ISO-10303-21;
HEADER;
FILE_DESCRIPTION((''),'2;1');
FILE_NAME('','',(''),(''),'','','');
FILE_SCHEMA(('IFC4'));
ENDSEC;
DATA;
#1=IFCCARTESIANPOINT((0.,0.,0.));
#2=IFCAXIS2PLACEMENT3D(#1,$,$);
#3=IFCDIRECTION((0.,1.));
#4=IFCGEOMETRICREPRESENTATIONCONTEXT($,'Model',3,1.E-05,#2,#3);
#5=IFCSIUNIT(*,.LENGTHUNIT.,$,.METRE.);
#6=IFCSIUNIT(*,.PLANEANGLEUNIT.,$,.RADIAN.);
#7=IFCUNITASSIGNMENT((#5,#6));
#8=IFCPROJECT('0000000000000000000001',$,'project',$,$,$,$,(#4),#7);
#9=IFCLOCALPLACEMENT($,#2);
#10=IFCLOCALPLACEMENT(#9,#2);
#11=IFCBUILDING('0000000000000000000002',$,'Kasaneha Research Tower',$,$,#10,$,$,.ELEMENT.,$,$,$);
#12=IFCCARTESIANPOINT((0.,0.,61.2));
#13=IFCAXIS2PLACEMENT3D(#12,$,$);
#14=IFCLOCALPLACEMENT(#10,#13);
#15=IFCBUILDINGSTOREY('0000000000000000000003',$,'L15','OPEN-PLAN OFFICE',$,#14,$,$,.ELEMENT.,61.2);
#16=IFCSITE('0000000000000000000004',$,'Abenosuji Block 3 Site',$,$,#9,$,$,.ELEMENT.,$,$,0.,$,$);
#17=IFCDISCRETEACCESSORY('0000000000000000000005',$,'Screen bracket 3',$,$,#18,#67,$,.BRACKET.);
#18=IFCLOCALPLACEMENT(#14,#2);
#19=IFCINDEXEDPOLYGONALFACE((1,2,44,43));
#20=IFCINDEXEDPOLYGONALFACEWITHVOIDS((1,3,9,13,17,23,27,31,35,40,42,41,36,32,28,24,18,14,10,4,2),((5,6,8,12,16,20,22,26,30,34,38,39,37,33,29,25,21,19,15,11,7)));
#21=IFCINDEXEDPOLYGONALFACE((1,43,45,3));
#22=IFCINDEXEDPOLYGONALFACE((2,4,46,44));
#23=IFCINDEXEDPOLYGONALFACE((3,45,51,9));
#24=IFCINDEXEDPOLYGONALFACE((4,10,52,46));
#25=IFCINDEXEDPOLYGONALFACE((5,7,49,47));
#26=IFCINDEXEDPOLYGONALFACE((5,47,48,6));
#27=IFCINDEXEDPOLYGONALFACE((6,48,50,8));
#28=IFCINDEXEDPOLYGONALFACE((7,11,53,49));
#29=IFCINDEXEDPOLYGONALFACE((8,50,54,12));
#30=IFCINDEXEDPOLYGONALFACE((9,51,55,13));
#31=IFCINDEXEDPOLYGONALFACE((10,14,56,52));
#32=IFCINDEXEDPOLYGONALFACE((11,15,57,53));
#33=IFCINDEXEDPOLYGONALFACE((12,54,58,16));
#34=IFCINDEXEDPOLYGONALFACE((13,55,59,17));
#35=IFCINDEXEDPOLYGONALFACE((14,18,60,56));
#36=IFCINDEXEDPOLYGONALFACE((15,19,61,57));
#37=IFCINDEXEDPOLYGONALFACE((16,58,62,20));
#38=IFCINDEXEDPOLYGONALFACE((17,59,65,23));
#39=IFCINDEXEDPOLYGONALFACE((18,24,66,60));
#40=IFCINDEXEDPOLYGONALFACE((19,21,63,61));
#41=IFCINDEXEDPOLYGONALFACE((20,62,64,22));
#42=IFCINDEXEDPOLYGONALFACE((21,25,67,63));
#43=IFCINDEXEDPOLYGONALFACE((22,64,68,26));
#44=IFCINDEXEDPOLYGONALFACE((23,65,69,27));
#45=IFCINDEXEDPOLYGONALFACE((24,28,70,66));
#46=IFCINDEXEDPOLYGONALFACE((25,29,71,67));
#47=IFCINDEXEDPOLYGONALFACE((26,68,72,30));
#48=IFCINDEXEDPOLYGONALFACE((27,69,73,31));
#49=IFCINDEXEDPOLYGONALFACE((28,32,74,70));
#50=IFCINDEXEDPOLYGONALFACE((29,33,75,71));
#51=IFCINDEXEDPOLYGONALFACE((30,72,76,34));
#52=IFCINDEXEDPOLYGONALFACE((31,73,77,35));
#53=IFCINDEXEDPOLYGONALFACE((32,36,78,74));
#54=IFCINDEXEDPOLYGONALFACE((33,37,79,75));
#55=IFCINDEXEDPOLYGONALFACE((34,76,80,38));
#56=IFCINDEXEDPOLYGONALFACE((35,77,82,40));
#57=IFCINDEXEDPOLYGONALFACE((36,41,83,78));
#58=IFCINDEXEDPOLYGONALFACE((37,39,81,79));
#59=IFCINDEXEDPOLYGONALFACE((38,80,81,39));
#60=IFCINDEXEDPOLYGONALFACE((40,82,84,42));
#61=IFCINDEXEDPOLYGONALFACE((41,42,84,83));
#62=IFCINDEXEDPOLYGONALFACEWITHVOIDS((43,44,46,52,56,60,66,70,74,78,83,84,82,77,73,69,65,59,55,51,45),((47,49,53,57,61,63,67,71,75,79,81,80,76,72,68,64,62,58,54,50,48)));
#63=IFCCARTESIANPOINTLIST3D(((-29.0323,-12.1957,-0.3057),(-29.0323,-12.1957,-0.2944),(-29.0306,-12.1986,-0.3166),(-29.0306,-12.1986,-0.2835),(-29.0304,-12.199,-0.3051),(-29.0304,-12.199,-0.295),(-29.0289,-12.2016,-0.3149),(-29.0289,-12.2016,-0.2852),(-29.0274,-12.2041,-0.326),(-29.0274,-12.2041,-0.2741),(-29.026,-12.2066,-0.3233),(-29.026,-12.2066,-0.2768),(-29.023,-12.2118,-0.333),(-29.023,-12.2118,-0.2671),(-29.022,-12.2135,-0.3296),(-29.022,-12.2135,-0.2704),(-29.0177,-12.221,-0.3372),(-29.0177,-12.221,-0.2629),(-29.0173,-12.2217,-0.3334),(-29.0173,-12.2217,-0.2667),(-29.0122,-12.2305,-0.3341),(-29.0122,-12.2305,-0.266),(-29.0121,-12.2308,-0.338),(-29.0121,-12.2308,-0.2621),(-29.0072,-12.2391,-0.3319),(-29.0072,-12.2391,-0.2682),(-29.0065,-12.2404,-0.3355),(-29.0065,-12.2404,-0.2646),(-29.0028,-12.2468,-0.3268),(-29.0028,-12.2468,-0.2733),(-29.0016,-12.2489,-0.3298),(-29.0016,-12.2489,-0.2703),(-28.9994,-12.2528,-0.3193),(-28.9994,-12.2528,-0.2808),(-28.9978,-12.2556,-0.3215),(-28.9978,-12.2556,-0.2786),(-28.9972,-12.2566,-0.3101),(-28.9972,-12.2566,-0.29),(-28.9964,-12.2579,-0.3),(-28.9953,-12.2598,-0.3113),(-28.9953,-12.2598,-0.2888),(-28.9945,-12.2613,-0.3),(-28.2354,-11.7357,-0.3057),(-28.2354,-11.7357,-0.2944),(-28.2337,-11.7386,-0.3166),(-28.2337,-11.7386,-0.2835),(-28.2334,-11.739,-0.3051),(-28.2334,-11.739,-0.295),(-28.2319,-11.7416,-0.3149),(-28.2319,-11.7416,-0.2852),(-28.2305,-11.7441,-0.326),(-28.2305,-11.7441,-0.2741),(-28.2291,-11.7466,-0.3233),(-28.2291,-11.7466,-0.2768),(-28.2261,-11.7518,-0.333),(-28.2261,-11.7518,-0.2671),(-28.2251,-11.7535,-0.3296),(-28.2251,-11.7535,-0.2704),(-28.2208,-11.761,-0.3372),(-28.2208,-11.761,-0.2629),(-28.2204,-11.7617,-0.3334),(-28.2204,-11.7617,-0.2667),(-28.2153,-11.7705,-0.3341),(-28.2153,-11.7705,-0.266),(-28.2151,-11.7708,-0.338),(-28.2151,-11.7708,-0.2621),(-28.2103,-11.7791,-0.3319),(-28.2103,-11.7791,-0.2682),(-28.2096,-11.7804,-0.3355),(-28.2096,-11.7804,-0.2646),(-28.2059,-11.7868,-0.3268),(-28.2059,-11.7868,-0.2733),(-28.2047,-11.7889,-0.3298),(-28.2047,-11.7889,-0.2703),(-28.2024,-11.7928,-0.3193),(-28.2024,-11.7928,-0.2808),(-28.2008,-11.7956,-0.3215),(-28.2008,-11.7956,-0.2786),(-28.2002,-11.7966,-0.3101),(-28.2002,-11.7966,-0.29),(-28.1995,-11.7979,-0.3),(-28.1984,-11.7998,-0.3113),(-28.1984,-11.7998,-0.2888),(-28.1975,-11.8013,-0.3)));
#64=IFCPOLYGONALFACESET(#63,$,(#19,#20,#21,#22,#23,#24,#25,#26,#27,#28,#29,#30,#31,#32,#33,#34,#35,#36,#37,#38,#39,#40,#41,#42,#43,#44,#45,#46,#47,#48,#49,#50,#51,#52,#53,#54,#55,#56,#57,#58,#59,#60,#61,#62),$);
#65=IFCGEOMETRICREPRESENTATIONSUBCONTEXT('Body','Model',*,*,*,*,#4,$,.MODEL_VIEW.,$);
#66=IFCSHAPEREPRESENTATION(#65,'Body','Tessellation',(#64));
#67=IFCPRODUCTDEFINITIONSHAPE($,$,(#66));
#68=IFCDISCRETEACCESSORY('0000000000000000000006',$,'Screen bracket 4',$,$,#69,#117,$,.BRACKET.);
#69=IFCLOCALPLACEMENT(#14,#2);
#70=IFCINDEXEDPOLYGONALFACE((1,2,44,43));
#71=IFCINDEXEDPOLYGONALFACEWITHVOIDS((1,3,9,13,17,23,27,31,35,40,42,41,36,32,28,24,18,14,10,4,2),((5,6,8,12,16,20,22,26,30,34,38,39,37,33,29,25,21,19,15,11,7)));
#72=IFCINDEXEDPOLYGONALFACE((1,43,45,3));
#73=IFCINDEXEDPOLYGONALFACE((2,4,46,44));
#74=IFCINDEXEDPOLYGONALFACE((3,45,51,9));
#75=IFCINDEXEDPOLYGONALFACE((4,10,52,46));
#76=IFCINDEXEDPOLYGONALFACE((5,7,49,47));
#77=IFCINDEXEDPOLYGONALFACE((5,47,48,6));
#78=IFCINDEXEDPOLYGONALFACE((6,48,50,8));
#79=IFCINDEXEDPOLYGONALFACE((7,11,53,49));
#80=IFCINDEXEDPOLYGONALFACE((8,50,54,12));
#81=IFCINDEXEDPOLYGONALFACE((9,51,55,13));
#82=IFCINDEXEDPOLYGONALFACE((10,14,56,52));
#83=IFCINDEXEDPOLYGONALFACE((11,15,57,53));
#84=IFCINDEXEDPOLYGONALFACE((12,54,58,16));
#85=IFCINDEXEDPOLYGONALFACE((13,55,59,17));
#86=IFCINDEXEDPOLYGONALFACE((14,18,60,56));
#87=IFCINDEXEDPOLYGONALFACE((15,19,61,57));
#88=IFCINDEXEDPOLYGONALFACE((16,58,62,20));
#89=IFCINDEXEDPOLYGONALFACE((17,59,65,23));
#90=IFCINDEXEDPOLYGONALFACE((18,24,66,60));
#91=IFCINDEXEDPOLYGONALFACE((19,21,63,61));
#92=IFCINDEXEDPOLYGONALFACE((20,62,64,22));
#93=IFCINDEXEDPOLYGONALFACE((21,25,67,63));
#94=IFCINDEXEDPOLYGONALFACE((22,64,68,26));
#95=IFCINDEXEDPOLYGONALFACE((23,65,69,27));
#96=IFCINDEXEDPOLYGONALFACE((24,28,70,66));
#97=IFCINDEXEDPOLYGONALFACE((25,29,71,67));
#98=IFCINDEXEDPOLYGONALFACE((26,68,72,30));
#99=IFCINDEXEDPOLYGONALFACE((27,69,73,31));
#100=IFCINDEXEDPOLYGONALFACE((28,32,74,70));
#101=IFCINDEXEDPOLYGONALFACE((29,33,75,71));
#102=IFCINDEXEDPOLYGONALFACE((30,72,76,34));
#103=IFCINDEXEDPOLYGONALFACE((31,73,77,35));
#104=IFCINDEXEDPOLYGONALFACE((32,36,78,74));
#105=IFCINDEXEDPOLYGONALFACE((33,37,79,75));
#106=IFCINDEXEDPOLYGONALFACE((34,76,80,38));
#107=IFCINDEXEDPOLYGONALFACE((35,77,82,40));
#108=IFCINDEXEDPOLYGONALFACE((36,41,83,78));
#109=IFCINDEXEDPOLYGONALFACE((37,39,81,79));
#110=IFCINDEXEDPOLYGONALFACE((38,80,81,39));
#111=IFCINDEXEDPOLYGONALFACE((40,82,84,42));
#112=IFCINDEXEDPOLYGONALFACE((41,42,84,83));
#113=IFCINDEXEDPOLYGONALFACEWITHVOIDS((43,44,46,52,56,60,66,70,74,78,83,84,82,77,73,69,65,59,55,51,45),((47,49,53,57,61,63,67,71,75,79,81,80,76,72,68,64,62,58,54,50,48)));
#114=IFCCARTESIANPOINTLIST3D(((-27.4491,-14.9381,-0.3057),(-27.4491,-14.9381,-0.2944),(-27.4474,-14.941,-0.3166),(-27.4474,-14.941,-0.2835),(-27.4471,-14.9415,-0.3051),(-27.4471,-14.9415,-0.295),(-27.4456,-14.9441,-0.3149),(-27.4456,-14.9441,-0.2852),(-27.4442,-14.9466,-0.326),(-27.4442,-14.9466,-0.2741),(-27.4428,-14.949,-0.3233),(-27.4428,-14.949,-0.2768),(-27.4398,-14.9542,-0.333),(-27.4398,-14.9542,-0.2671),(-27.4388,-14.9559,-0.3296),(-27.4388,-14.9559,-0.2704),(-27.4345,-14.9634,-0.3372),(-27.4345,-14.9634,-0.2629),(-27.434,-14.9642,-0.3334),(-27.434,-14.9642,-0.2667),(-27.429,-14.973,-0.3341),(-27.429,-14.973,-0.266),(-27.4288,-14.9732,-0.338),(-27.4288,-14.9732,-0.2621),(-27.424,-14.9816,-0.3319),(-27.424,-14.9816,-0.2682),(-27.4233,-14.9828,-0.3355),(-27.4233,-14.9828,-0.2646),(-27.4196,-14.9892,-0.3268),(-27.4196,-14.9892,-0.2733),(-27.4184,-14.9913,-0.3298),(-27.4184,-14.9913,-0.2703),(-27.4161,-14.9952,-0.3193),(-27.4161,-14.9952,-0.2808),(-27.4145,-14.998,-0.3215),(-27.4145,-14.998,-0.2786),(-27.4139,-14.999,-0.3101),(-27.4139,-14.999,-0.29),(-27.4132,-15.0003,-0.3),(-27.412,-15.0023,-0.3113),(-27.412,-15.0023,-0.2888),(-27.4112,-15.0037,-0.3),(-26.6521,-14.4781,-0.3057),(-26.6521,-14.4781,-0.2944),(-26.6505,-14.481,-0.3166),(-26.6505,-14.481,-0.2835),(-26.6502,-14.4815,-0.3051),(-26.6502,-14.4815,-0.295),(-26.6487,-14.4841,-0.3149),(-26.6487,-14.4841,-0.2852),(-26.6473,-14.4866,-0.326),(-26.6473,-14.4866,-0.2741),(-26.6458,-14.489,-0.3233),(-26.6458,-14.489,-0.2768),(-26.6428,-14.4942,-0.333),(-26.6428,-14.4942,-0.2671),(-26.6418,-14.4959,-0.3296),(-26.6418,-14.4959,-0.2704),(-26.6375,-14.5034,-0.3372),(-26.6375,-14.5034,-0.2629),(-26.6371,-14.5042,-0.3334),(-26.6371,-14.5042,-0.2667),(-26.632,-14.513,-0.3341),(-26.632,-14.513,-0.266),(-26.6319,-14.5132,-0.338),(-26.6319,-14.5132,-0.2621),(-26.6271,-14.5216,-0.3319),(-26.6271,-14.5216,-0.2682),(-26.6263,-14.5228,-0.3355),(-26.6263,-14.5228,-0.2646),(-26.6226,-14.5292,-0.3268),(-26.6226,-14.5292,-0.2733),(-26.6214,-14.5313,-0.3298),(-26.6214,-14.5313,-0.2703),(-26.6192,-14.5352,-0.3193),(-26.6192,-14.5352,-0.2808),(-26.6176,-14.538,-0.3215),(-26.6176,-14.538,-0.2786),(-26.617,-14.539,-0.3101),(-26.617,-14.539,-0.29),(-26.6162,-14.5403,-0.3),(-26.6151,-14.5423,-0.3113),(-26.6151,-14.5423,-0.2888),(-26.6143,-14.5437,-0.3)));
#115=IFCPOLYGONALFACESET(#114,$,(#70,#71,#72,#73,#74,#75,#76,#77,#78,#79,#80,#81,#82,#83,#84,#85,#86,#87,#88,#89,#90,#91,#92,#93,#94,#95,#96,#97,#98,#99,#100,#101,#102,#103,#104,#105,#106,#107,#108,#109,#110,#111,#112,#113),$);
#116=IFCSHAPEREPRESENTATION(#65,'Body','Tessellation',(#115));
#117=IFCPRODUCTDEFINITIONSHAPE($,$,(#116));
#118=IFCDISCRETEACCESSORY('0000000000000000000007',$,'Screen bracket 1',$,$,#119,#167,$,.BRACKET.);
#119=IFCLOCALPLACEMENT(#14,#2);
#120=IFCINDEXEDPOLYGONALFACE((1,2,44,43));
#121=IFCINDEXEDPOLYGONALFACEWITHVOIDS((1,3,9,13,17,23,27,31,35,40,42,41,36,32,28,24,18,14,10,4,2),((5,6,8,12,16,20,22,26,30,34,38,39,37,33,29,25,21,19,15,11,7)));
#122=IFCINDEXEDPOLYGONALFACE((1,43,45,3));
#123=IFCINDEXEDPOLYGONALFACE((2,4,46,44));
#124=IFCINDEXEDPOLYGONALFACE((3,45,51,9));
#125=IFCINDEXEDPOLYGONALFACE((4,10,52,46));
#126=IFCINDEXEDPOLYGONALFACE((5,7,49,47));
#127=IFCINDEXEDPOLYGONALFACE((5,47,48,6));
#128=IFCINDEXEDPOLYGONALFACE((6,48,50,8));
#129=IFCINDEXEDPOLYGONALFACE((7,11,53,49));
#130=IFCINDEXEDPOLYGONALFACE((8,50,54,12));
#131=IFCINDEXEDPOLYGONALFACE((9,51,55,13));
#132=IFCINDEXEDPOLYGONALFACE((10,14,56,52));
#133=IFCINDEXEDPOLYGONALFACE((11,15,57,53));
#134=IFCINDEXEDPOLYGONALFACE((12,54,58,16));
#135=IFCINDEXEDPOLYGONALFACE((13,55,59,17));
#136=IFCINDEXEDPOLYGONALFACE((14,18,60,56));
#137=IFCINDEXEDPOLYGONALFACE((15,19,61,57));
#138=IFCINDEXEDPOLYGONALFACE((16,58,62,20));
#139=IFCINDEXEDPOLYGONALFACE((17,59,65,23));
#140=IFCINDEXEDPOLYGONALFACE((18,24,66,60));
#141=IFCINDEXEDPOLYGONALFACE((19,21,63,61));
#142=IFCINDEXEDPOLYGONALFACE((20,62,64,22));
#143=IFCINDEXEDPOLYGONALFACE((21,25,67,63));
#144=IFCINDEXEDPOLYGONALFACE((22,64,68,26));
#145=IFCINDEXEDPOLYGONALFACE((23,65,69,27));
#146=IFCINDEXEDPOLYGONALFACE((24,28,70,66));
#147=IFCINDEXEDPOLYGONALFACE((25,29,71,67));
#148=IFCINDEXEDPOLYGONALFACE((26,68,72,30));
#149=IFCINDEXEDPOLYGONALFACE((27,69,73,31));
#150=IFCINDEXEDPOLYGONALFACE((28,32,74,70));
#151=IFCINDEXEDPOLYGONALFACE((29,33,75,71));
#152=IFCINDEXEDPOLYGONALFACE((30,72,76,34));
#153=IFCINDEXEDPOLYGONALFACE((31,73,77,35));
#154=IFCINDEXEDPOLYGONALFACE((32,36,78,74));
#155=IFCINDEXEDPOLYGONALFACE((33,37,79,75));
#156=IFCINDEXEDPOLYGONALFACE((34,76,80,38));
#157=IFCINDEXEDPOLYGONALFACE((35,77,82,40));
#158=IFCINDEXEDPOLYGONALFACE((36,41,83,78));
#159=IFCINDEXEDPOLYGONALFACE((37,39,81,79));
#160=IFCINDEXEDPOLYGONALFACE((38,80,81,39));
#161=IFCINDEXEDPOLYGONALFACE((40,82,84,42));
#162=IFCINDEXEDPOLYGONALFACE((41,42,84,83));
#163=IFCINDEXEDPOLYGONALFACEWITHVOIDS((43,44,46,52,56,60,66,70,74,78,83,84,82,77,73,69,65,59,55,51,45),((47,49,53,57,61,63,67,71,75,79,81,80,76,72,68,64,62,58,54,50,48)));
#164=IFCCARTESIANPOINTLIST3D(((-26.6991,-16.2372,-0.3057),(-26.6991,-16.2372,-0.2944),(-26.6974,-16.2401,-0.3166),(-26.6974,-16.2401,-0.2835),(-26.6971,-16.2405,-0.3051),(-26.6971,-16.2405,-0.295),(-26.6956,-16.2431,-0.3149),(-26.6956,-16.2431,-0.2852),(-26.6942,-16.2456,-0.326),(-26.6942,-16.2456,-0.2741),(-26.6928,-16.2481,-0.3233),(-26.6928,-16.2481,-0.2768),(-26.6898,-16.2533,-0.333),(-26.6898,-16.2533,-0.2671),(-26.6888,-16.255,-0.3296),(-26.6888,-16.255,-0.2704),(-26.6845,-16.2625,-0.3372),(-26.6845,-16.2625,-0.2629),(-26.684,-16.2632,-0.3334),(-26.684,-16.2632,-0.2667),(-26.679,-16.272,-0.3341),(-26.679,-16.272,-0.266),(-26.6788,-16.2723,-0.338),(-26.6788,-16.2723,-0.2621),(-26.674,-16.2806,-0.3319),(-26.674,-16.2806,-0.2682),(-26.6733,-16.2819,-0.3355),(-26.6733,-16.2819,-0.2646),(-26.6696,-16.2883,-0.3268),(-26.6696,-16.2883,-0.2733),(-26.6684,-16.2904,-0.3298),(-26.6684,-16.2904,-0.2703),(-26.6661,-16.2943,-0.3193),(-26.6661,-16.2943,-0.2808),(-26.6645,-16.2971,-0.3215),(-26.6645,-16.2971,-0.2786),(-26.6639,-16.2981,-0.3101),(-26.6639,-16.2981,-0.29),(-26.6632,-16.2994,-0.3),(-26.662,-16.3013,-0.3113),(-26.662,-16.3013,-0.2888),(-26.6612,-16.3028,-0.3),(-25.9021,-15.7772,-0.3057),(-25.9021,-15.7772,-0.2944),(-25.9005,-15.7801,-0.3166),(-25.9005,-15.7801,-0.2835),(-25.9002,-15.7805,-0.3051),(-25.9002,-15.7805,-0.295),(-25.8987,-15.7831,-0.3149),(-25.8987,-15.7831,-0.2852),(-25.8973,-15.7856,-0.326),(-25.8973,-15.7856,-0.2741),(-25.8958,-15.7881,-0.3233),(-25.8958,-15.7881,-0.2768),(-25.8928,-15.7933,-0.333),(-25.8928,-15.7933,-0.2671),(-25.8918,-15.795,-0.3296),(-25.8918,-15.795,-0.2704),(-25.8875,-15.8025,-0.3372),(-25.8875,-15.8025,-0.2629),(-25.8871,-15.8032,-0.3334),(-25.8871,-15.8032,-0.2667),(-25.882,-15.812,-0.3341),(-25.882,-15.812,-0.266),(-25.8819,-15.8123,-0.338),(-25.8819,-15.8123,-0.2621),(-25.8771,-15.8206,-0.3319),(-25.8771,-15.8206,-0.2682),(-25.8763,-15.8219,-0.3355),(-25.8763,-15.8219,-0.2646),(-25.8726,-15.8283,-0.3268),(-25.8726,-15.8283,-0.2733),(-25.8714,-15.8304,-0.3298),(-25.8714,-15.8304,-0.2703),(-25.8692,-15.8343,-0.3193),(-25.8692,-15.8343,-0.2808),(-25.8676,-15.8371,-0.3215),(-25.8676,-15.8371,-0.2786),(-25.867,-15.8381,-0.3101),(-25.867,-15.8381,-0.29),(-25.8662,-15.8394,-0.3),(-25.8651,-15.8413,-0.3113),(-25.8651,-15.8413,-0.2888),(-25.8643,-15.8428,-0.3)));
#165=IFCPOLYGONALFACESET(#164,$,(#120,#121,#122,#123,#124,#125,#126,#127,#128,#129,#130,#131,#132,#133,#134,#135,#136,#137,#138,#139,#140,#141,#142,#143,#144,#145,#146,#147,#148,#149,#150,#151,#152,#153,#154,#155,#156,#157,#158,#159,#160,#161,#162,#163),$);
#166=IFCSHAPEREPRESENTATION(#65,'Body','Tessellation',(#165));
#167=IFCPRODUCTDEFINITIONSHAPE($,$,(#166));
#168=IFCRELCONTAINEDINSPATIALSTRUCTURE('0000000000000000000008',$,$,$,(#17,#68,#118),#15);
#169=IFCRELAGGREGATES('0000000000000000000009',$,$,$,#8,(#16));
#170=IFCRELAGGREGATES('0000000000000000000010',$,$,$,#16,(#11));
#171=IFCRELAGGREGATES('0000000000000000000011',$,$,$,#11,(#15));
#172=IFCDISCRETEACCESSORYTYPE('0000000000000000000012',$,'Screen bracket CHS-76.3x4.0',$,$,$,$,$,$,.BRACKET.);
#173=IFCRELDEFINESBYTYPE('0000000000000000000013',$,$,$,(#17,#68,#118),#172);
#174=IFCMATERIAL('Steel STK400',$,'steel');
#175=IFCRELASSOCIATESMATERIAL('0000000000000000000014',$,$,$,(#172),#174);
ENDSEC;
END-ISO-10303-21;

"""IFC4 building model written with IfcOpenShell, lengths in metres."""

from ifc_helpers import new_model, si_unit, direction, frame, origin, origin_2d, place, context, subcontext, project, spatial, hollow_circle, extrude, material, material_profile, profile_set, type_object, element, save


model = new_model("IFC4")

# Units and contexts
model_context = context("Model", 3, precision=1e-05, world=origin(), true_north=direction((0.0, 1.0)))
body_context = subcontext(model_context, "Body", "Model", "MODEL_VIEW")
ifc_project = project(units=[si_unit("LENGTHUNIT", "METRE"), si_unit("PLANEANGLEUNIT", "RADIAN")], contexts=[model_context])

# Site, building, storey
site_placement = place(None, origin())
site = spatial("IfcSite", under=ifc_project, at=site_placement, Name="Abenosuji Block 3 Site", CompositionType="ELEMENT", RefElevation=0.0)
building_placement = place(site_placement, origin())
building = spatial("IfcBuilding", under=site, at=building_placement, Name="Kasaneha Research Tower", CompositionType="ELEMENT")
storey_placement = place(building_placement, frame((0.0, 0.0, 61.2)))
storey = spatial("IfcBuildingStorey", under=building, at=storey_placement, Name="L15", Description="OPEN-PLAN OFFICE", CompositionType="ELEMENT", Elevation=61.2)

# Discrete accessories
ifc_material_1 = material(Name="Steel STK400", Category="steel")
ifc_material_profile_1 = material_profile(ifc_material_1, hollow_circle(Radius=0.0381, WallThickness=0.0039, at=origin_2d()), Name="CHS-76.3x4.0")
ifc_profile_set_1 = profile_set([ifc_material_profile_1], Name="Steel STK400")
discrete_accessory_type = type_object("IfcDiscreteAccessoryType", Name="Screen bracket CHS-76.3x4.0", PredefinedType="BRACKET", material=ifc_profile_set_1)
for number, where, z_axis, x_axis, name in (
    (1, (-28.2166, -11.7683, -0.3), (-0.86608, -0.499906, 0.0), (0.499906, -0.86608, 0.0), "Screen bracket 3"),
    (2, (-26.6333, -14.5107, -0.3), (-0.86608, -0.499906, 0.0), (0.499906, -0.86608, 0.0), "Screen bracket 4"),
    (3, (-25.8833, -15.8098, -0.3), (-0.86608, -0.499906, 0.0), (0.499906, -0.86608, 0.0), "Screen bracket 1"),
):
    element("IfcDiscreteAccessory", number, at=place(storey_placement, frame(where, z_axis=z_axis, x_axis=x_axis)), inside=storey, type_object=discrete_accessory_type, Name=name, PredefinedType="BRACKET", context=body_context, shape_type="SweptSolid", body=[
        extrude(hollow_circle(Radius=0.0381, WallThickness=0.0039, at=origin_2d()), origin(), (0.0, 0.0, 1.0), 0.9202),
    ])

save(model, "model.ifc")
